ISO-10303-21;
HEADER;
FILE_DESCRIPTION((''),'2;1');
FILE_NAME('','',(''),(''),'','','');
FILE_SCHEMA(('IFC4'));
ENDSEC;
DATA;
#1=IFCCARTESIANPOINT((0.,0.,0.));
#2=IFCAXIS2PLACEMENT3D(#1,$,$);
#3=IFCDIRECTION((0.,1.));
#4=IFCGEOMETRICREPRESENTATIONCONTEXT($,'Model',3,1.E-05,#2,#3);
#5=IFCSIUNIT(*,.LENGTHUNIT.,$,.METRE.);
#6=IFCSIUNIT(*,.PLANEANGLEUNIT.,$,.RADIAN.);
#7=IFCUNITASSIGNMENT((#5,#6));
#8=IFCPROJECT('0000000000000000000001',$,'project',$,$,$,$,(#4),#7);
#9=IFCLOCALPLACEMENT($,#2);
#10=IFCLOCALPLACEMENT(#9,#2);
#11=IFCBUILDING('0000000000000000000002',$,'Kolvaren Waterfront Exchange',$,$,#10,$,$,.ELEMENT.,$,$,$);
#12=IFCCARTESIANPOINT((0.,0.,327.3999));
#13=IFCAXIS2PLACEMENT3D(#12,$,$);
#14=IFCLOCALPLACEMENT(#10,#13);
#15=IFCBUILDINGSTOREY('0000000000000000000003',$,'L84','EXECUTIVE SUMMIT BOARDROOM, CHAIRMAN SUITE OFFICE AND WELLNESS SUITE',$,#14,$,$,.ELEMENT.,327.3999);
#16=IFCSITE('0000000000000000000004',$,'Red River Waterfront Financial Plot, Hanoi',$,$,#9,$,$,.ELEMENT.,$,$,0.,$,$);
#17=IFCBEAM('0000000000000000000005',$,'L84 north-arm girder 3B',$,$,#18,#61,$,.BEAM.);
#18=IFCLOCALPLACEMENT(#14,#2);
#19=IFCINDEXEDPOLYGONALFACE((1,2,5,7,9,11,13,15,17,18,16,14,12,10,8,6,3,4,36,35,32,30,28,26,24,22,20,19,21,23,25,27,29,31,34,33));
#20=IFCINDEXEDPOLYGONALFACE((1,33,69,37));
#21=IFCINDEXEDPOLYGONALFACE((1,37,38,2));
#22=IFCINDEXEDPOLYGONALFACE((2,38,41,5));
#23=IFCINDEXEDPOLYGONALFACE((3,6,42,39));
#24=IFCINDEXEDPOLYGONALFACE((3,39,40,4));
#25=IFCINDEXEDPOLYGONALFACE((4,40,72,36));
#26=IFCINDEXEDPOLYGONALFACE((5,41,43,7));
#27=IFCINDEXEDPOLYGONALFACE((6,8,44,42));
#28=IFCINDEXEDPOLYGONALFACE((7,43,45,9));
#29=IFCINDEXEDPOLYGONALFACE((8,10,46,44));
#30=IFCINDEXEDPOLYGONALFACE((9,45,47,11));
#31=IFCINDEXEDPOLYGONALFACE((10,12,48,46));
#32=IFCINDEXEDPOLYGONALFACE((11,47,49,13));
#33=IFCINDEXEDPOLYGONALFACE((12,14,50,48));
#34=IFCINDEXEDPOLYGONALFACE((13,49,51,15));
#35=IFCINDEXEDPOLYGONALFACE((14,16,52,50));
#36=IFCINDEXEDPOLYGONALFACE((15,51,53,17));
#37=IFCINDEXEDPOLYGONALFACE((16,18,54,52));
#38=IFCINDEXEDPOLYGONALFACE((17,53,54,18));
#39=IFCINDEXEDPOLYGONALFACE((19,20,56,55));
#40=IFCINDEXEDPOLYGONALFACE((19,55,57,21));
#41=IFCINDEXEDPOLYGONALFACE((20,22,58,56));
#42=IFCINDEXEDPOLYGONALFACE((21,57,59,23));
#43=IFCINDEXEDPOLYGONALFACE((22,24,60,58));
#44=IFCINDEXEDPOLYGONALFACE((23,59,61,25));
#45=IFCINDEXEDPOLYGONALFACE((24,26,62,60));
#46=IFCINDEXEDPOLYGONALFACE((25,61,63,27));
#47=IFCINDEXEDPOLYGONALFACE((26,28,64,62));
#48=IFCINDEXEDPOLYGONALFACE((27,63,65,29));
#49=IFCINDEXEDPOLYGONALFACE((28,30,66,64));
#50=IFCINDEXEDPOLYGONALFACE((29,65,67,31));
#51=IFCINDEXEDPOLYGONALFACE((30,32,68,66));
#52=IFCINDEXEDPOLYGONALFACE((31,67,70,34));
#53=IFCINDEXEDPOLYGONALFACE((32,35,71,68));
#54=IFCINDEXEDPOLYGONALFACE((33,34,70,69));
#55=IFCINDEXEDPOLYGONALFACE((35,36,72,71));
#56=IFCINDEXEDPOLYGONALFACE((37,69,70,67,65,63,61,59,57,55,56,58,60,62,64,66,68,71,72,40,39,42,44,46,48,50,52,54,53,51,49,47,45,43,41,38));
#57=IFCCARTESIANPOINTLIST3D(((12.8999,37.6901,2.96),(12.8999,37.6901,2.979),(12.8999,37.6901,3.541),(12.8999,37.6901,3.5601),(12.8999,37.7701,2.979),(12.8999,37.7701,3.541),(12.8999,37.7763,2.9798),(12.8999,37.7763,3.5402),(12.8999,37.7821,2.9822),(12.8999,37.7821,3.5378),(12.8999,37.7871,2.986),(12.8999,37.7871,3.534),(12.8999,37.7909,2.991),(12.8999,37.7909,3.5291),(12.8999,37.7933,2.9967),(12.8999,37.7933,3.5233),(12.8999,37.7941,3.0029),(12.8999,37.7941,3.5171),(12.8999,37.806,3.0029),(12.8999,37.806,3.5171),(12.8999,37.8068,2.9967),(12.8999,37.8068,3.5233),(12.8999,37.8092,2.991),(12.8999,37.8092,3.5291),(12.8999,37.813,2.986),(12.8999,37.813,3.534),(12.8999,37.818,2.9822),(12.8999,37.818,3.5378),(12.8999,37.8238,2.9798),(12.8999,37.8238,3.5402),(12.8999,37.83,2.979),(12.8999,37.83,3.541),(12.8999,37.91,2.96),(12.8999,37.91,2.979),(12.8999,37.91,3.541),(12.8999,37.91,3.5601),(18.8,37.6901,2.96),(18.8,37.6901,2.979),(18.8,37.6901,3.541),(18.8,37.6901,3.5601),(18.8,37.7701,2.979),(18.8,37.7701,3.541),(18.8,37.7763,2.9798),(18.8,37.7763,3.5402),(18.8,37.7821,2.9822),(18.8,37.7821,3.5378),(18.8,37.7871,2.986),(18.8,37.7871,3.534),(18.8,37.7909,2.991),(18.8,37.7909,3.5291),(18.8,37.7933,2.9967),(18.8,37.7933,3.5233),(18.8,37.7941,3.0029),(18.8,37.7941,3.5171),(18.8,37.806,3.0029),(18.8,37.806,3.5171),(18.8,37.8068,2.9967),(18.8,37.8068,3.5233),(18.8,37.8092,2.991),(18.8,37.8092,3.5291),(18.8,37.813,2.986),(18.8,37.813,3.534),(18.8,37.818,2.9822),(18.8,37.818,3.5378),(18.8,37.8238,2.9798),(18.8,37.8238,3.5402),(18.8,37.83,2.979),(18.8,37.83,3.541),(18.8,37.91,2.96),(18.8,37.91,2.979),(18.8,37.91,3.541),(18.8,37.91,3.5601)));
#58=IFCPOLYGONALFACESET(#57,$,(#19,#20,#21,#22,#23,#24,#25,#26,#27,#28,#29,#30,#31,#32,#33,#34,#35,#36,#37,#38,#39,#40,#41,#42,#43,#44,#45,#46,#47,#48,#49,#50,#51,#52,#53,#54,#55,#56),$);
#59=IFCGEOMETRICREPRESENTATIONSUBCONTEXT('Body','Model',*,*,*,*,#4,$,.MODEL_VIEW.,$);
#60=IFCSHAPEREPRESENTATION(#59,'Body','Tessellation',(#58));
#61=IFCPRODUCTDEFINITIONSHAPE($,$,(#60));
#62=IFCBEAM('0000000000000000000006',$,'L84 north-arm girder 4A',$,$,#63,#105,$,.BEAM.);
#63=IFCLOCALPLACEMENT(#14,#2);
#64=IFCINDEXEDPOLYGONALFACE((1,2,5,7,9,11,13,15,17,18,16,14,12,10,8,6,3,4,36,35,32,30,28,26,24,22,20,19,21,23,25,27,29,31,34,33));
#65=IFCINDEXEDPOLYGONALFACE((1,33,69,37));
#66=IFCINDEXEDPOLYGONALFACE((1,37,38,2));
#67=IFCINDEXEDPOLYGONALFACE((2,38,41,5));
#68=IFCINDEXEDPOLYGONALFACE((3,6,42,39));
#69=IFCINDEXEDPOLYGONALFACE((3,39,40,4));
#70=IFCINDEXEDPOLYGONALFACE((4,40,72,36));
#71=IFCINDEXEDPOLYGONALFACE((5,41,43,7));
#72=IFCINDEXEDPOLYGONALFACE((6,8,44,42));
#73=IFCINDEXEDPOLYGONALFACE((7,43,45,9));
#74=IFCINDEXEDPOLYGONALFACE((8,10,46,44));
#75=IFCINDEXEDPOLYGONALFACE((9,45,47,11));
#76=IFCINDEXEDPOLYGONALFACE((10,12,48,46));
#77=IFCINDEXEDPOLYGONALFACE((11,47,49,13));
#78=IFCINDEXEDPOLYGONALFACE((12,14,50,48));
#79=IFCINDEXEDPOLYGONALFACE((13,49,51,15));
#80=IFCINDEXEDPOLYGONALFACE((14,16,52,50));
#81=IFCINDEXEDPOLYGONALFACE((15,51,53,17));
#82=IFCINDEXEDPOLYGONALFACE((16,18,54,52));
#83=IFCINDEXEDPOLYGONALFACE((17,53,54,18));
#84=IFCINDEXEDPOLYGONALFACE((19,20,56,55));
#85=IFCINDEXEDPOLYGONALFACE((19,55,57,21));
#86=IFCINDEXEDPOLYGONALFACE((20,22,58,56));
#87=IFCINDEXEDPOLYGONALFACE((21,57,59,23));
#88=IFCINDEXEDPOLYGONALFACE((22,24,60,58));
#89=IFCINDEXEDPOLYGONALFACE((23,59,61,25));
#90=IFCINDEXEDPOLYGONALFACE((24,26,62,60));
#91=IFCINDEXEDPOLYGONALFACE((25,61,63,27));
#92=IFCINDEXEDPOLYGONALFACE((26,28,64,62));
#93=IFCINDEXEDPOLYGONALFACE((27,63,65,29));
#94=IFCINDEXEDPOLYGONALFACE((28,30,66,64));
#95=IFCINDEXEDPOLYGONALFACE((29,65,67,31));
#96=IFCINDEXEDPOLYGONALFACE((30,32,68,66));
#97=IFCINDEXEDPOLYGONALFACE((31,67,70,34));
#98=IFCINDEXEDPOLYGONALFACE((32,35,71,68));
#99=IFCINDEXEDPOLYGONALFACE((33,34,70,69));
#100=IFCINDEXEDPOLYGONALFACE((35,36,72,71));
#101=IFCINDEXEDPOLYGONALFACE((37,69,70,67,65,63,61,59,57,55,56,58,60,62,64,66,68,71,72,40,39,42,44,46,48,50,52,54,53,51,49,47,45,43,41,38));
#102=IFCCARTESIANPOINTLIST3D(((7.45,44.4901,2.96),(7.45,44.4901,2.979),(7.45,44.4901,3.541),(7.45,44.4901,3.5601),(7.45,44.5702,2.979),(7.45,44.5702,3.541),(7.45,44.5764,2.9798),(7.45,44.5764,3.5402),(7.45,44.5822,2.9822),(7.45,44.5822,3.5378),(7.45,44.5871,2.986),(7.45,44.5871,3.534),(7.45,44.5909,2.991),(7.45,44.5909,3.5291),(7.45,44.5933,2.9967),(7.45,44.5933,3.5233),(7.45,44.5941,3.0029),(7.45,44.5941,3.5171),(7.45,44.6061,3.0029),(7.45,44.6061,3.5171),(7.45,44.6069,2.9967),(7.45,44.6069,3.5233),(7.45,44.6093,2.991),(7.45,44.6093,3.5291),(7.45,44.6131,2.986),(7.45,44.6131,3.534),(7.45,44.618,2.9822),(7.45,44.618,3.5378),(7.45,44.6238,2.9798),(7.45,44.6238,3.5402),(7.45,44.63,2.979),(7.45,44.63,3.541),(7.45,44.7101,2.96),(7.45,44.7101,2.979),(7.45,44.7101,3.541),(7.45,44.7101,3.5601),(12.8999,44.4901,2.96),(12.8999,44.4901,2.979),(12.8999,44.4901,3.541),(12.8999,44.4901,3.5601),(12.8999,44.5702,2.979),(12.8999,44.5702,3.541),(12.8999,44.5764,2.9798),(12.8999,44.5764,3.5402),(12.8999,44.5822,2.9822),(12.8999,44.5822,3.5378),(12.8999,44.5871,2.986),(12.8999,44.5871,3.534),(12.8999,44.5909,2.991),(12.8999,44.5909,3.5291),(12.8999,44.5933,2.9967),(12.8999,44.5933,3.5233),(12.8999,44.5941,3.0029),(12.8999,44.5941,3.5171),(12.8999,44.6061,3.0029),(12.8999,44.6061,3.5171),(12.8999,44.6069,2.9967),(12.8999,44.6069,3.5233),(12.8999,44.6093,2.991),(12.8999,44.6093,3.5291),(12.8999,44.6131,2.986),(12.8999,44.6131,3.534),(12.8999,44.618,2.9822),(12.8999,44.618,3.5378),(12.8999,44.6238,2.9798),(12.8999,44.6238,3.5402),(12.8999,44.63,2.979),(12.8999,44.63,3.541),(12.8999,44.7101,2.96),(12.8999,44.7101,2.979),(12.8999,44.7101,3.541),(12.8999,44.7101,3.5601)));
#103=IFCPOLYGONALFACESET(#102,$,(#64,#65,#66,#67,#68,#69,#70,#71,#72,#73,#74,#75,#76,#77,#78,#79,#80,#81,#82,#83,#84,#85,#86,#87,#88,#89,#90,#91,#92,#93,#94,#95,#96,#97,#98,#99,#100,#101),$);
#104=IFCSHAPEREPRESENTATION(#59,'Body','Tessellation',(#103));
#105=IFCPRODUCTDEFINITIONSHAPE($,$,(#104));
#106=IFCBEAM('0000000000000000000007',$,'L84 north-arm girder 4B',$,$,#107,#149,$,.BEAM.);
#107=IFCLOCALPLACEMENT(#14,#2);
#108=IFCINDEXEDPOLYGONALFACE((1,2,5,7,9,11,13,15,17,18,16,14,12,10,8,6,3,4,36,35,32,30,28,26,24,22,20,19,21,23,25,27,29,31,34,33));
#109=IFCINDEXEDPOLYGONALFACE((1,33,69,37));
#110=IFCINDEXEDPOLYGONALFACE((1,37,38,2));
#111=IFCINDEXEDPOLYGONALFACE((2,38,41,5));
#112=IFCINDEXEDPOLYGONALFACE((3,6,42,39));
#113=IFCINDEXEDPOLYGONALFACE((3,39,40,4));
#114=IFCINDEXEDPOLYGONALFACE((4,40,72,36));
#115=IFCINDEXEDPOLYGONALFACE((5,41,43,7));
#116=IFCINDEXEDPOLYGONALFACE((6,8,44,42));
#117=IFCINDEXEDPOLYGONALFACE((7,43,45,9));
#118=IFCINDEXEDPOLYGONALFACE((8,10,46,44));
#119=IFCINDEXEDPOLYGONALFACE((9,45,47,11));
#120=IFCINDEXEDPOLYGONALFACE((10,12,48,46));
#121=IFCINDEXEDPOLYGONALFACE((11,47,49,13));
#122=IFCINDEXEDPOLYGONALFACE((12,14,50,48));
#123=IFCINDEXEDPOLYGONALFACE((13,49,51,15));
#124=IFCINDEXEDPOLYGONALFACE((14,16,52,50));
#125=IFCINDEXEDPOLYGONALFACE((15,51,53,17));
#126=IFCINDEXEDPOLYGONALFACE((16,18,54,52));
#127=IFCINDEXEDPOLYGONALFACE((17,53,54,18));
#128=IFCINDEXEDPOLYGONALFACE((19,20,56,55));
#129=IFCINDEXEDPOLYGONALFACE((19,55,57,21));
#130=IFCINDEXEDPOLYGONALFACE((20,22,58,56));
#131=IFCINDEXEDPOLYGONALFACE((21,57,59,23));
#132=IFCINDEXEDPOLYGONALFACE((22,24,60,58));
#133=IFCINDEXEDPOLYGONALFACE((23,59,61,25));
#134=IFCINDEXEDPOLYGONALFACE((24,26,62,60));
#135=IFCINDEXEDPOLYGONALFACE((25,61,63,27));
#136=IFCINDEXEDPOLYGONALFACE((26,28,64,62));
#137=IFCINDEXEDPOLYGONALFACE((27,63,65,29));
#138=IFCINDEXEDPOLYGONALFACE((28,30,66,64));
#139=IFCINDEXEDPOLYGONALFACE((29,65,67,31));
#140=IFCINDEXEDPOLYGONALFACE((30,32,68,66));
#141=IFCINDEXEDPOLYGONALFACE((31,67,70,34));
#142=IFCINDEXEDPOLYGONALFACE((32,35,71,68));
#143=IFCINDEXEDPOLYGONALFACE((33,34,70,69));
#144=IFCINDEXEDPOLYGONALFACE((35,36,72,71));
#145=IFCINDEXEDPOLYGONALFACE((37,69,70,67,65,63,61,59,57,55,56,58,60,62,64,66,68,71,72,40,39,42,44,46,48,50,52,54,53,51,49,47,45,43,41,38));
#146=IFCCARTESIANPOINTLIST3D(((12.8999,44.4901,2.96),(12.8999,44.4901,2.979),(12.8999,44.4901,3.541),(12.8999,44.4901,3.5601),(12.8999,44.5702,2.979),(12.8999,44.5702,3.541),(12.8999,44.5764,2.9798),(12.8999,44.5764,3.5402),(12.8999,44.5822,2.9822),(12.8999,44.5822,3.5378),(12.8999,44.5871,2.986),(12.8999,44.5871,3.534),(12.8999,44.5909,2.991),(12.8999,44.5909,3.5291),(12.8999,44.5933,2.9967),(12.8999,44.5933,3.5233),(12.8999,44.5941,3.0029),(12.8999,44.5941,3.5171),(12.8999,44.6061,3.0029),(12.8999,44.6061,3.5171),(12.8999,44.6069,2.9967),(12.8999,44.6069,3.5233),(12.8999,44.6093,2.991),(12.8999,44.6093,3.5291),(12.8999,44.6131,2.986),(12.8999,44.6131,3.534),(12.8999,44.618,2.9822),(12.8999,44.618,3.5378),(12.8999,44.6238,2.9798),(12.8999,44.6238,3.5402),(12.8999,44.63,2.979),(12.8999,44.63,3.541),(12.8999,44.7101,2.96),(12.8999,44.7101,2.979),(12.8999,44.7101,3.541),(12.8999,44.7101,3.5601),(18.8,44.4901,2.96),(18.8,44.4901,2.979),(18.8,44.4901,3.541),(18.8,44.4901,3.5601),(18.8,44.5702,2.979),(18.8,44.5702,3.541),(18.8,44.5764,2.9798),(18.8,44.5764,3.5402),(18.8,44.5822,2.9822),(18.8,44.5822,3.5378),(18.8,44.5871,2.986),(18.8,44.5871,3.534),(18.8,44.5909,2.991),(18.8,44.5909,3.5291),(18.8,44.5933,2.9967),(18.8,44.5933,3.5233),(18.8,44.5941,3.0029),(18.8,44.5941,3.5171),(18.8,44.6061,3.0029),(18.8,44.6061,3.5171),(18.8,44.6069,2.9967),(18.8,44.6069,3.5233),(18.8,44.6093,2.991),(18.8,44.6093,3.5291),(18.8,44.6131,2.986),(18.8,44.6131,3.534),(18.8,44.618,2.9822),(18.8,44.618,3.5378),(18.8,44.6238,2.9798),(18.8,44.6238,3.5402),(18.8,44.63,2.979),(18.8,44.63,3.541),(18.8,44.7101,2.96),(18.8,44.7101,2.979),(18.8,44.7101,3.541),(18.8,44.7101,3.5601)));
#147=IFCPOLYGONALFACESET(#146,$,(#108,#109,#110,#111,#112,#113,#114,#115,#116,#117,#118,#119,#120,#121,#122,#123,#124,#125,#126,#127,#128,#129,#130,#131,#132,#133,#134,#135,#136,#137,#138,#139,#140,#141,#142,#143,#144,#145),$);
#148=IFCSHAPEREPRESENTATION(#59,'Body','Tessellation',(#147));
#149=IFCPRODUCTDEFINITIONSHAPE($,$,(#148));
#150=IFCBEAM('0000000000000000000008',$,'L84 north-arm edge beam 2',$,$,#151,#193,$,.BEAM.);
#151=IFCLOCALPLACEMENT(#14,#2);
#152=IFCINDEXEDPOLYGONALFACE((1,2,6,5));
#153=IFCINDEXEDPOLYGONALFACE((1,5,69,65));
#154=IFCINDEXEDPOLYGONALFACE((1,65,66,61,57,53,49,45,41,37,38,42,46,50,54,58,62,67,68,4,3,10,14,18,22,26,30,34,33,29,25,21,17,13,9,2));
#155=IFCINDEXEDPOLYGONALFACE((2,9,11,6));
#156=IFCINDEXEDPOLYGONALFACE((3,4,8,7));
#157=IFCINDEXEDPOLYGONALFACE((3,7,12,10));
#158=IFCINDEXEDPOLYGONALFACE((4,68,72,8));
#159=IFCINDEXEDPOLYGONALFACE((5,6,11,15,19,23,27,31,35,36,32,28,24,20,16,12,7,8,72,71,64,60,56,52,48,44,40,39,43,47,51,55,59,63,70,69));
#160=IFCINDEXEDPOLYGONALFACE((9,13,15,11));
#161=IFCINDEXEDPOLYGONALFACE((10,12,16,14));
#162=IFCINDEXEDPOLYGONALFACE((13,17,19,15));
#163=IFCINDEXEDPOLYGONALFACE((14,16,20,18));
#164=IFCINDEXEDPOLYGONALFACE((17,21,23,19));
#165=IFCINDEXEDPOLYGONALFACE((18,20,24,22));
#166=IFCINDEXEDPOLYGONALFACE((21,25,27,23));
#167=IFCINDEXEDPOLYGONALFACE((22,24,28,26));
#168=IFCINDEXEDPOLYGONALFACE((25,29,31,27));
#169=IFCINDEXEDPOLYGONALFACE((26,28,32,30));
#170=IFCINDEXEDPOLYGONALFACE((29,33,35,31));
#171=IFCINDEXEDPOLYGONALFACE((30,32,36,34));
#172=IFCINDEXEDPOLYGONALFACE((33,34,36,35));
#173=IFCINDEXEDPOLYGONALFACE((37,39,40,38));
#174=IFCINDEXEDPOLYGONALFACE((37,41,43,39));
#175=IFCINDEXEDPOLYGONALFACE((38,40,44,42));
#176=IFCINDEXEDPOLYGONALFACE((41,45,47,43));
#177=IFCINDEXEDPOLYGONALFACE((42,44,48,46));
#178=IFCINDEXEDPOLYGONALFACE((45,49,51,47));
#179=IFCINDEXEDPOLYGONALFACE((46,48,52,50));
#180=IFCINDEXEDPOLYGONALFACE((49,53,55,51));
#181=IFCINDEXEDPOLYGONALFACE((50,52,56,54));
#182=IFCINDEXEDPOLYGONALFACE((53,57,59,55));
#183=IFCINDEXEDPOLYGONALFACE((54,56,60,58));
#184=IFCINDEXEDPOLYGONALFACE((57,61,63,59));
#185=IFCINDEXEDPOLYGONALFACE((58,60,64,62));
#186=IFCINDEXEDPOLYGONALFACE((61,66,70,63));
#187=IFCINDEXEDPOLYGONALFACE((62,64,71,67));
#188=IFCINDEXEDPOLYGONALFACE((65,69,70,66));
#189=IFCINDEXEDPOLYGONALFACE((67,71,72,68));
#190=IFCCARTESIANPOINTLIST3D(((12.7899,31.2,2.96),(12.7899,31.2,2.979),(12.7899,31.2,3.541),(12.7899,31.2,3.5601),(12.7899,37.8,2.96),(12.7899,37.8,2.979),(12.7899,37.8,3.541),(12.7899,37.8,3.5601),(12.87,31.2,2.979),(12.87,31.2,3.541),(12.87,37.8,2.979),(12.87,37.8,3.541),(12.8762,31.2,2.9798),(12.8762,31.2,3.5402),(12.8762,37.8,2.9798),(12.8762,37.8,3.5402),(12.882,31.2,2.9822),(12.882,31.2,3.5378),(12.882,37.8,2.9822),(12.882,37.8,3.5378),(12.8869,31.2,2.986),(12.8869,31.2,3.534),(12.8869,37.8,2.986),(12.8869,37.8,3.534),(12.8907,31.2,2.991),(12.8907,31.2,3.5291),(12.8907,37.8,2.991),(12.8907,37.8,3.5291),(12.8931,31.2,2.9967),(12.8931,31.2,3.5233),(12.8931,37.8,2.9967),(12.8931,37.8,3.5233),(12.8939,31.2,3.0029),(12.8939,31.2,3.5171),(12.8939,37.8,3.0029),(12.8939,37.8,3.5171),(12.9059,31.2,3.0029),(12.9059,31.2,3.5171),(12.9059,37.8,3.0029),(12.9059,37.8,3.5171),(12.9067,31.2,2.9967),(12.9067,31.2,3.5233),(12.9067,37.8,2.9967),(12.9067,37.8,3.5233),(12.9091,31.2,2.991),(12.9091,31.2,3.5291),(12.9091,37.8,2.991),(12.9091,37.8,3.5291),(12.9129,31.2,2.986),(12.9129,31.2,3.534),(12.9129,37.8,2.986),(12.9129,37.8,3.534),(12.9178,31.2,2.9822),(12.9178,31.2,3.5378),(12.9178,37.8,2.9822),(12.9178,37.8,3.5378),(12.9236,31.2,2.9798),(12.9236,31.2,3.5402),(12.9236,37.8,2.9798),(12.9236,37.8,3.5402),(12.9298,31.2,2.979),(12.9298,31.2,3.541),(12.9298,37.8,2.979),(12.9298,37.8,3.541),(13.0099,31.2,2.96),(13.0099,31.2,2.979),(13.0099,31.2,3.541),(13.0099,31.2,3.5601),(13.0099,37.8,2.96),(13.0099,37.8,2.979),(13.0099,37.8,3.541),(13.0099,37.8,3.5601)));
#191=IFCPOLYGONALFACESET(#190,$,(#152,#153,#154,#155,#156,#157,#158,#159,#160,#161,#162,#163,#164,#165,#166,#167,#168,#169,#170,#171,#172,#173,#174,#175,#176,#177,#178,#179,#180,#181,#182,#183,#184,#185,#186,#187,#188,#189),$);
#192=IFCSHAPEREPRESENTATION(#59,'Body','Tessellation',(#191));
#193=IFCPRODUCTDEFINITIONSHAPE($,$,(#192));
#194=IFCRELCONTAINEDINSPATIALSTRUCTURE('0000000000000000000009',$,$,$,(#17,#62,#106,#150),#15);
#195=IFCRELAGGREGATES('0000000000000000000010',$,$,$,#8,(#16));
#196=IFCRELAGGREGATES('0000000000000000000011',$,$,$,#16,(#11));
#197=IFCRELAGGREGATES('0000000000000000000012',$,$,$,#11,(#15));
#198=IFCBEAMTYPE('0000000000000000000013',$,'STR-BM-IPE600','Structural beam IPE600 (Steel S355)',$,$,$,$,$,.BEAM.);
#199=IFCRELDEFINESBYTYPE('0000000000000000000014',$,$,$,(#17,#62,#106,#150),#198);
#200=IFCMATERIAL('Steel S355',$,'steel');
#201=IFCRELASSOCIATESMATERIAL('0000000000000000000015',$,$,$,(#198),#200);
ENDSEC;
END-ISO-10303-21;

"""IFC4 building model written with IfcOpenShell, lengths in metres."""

from ifc_helpers import new_model, si_unit, direction, frame, origin, origin_2d, place, context, subcontext, project, spatial, i_section, extrude, material, material_profile, profile_set, type_object, element, save


model = new_model("IFC4")

# Units and contexts
model_context = context("Model", 3, precision=1e-05, world=origin(), true_north=direction((0.0, 1.0)))
body_context = subcontext(model_context, "Body", "Model", "MODEL_VIEW")
ifc_project = project(units=[si_unit("LENGTHUNIT", "METRE"), si_unit("PLANEANGLEUNIT", "RADIAN")], contexts=[model_context])

# Site, building, storey
site_placement = place(None, origin())
site = spatial("IfcSite", under=ifc_project, at=site_placement, Name="Red River Waterfront Financial Plot, Hanoi", CompositionType="ELEMENT", RefElevation=0.0)
building_placement = place(site_placement, origin())
building = spatial("IfcBuilding", under=site, at=building_placement, Name="Kolvaren Waterfront Exchange", CompositionType="ELEMENT")
storey_placement = place(building_placement, frame((0.0, 0.0, 327.3999)))
storey = spatial("IfcBuildingStorey", under=building, at=storey_placement, Name="L84", Description="EXECUTIVE SUMMIT BOARDROOM, CHAIRMAN SUITE OFFICE AND WELLNESS SUITE", CompositionType="ELEMENT", Elevation=327.3999)

# Beams
ifc_material_1 = material(Name="Steel S355", Category="steel")
ifc_material_profile_1 = material_profile(ifc_material_1, i_section(OverallWidth=0.22, OverallDepth=0.6001, WebThickness=0.012, FlangeThickness=0.019, FilletRadius=0.0239, at=origin_2d()), Name="IPE600")
ifc_profile_set_1 = profile_set([ifc_material_profile_1], Name="Steel S355")
beam_type_1 = type_object("IfcBeamType", Name="STR-BM-IPE600", Description="Structural beam IPE600 (Steel S355)", PredefinedType="BEAM", material=ifc_profile_set_1)
beam_1_placement = place(storey_placement, frame((12.8999, 37.8, 3.26), z_axis=(1.0, 0.0, 0.0), x_axis=(0.0, 1.0, 0.0)))
element("IfcBeam", 1, at=beam_1_placement, inside=storey, type_object=beam_type_1, Name="L84 north-arm girder 3B", PredefinedType="BEAM", context=body_context, shape_type="SweptSolid", body=[
    extrude(i_section(OverallWidth=0.22, OverallDepth=0.6001, WebThickness=0.012, FlangeThickness=0.019, FilletRadius=0.0239, at=origin_2d()), origin(), (0.0, 0.0, 1.0), 5.9001),
])
beam_2_placement = place(storey_placement, frame((7.45, 44.6001, 3.26), z_axis=(1.0, 0.0, 0.0), x_axis=(0.0, 1.0, 0.0)))
element("IfcBeam", 2, at=beam_2_placement, inside=storey, type_object=beam_type_1, Name="L84 north-arm girder 4A", PredefinedType="BEAM", context=body_context, shape_type="SweptSolid", body=[
    extrude(i_section(OverallWidth=0.22, OverallDepth=0.6001, WebThickness=0.012, FlangeThickness=0.019, FilletRadius=0.0239, at=origin_2d()), origin(), (0.0, 0.0, 1.0), 5.45),
])
beam_3_placement = place(storey_placement, frame((12.8999, 44.6001, 3.26), z_axis=(1.0, 0.0, 0.0), x_axis=(0.0, 1.0, 0.0)))
element("IfcBeam", 3, at=beam_3_placement, inside=storey, type_object=beam_type_1, Name="L84 north-arm girder 4B", PredefinedType="BEAM", context=body_context, shape_type="SweptSolid", body=[
    extrude(i_section(OverallWidth=0.22, OverallDepth=0.6001, WebThickness=0.012, FlangeThickness=0.019, FilletRadius=0.0239, at=origin_2d()), origin(), (0.0, 0.0, 1.0), 5.9001),
])
beam_4_placement = place(storey_placement, frame((12.8999, 31.2, 3.26), z_axis=(0.0, 1.0, 0.0), x_axis=(-1.0, 0.0, 0.0)))
element("IfcBeam", 4, at=beam_4_placement, inside=storey, type_object=beam_type_1, Name="L84 north-arm edge beam 2", PredefinedType="BEAM", context=body_context, shape_type="SweptSolid", body=[
    extrude(i_section(OverallWidth=0.22, OverallDepth=0.6001, WebThickness=0.012, FlangeThickness=0.019, FilletRadius=0.0239, at=origin_2d()), origin(), (0.0, 0.0, 1.0), 6.6001),
])

save(model, "model.ifc")
